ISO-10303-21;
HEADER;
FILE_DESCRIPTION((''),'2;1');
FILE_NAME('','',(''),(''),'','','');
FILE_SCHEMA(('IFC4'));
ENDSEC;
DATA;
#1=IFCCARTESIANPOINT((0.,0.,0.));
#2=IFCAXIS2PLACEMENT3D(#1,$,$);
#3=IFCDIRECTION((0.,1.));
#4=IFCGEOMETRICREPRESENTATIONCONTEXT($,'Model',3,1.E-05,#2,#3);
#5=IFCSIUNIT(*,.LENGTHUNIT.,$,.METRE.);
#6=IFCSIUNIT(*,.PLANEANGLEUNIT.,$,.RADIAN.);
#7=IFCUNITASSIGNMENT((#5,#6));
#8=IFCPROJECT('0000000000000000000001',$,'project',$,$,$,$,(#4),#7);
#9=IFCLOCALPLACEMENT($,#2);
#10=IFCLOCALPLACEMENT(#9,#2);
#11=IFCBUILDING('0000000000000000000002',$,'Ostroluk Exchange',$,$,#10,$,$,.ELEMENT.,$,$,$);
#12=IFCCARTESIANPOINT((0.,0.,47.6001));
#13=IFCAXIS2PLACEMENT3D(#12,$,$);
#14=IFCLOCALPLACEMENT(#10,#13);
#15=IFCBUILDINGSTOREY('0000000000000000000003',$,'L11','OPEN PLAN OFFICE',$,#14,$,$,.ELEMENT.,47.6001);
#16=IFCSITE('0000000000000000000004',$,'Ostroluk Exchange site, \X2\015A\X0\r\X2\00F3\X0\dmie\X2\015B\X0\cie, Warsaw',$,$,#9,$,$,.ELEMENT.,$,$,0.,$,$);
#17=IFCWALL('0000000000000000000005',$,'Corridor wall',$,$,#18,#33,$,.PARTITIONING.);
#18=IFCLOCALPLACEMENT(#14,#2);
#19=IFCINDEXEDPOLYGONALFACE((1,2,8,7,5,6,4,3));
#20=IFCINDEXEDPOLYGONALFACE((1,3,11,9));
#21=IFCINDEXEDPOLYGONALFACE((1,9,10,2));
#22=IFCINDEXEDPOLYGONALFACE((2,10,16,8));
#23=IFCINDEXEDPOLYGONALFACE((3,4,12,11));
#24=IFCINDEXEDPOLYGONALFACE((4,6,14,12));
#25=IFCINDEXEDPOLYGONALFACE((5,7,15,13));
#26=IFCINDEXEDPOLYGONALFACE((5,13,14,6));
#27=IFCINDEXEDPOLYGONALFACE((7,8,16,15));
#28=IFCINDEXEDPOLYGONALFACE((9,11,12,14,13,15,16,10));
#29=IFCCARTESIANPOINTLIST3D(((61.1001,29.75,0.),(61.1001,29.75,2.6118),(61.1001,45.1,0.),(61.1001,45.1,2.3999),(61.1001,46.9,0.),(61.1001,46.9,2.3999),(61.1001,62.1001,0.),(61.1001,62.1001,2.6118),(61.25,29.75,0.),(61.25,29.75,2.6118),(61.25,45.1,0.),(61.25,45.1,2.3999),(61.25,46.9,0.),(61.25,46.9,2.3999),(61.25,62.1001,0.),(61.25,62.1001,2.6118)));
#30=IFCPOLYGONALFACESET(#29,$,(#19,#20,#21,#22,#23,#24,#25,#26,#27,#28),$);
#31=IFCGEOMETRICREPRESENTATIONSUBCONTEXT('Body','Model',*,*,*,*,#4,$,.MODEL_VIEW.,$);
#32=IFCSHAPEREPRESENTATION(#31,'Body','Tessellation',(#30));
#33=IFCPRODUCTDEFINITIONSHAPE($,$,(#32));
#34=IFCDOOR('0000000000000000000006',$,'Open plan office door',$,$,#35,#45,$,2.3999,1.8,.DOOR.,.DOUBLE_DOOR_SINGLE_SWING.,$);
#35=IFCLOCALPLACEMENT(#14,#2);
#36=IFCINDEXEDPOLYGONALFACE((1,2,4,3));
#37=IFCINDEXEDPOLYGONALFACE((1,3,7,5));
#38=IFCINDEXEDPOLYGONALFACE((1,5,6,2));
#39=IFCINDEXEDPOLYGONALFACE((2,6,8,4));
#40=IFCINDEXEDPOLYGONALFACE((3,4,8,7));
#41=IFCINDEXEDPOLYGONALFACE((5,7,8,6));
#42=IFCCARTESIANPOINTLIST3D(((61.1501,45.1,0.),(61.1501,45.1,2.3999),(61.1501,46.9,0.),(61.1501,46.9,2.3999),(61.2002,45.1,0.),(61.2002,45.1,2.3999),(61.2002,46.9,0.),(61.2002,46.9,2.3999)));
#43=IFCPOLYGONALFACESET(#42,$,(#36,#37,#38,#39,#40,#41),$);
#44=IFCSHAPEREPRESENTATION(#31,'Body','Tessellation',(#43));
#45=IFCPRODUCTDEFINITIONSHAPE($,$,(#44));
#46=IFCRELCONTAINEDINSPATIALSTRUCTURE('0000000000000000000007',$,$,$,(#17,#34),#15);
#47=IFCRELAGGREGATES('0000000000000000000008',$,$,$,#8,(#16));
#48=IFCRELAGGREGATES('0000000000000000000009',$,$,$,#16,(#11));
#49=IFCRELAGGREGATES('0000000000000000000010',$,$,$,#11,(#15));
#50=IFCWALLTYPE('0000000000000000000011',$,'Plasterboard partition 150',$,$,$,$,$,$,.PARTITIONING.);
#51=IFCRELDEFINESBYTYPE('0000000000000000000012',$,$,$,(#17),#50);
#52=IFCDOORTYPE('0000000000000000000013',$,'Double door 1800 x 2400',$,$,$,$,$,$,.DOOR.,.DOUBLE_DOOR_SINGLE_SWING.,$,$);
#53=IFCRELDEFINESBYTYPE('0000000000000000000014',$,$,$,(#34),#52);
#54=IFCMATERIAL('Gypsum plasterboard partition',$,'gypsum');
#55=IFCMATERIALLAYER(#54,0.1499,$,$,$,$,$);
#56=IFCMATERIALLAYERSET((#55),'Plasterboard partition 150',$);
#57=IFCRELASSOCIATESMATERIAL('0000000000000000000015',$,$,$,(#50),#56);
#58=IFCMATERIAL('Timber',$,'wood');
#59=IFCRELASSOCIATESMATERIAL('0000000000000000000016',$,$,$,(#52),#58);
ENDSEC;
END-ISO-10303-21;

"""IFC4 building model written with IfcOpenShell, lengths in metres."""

from ifc_helpers import new_model, si_unit, direction, frame, frame_2d, origin, place, context, subcontext, project, spatial, rectangle, extrude, material, layer, layer_set, type_object, element, fill, save


model = new_model("IFC4")

# Units and contexts
model_context = context("Model", 3, precision=1e-05, world=origin(), true_north=direction((0.0, 1.0)))
body_context = subcontext(model_context, "Body", "Model", "MODEL_VIEW")
ifc_project = project(units=[si_unit("LENGTHUNIT", "METRE"), si_unit("PLANEANGLEUNIT", "RADIAN")], contexts=[model_context])

# Site, building, storey
site_placement = place(None, origin())
site = spatial("IfcSite", under=ifc_project, at=site_placement, Name="Ostroluk Exchange site, Śródmieście, Warsaw", CompositionType="ELEMENT", RefElevation=0.0)
building_placement = place(site_placement, origin())
building = spatial("IfcBuilding", under=site, at=building_placement, Name="Ostroluk Exchange", CompositionType="ELEMENT")
storey_placement = place(building_placement, frame((0.0, 0.0, 47.6001)))
storey = spatial("IfcBuildingStorey", under=building, at=storey_placement, Name="L11", Description="OPEN PLAN OFFICE", CompositionType="ELEMENT", Elevation=47.6001)

# Shared definitions
ifc_material_1 = material(Name="Gypsum plasterboard partition", Category="gypsum")
ifc_layer_1 = layer(ifc_material_1, 0.1499)
ifc_layer_set_1 = layer_set([ifc_layer_1], Name="Plasterboard partition 150")
wall_type_1 = type_object("IfcWallType", Name="Plasterboard partition 150", PredefinedType="PARTITIONING", material=ifc_layer_set_1)

# Wall, opening, door
wall_1_placement = place(storey_placement, frame((61.175, 29.75, 0.0), z_axis=(0.0, 0.0, 1.0), x_axis=(0.0, 1.0, 0.0)))
wall_1 = element("IfcWall", 1, at=wall_1_placement, inside=storey, type_object=wall_type_1, Name="Corridor wall", PredefinedType="PARTITIONING", context=body_context, shape_type="SweptSolid", body=[
    extrude(rectangle(XDim=32.3501, YDim=0.1499, at=frame_2d((16.175, 0.0))), origin(), (0.0, 0.0, 1.0), 2.6118),
])
opening_1_placement = place(wall_1_placement, frame((15.3501, 0.0, 0.0)))
opening_1 = element("IfcOpeningElement", 2, at=opening_1_placement, cuts=wall_1, PredefinedType="OPENING", context=body_context, shape_type="SweptSolid", body=[
    extrude(rectangle(XDim=1.8, YDim=2.3999, at=frame_2d((0.8999, 1.2))), frame((0.0, 0.085, 0.0), z_axis=(0.0, -1.0, 0.0), x_axis=(1.0, 0.0, 0.0)), (0.0, 0.0, 1.0), 0.1699),
])
ifc_material_2 = material(Name="Timber", Category="wood")
door_type_1 = type_object("IfcDoorType", Name="Double door 1800 x 2400", OperationType="DOUBLE_DOOR_SINGLE_SWING", PredefinedType="DOOR", material=ifc_material_2)
door_1_placement = place(opening_1_placement, origin())
door_1 = element("IfcDoor", 3, at=door_1_placement, inside=storey, type_object=door_type_1, Name="Open plan office door", OperationType="DOUBLE_DOOR_SINGLE_SWING", OverallHeight=2.3999, OverallWidth=1.8, PredefinedType="DOOR", context=body_context, shape_type="SweptSolid", body=[
    extrude(rectangle(XDim=1.8, YDim=2.3999, at=frame_2d((0.8999, 1.2))), frame((0.0, 0.0249, 0.0), z_axis=(0.0, -1.0, 0.0), x_axis=(1.0, 0.0, 0.0)), (0.0, 0.0, 1.0), 0.05),
])
fill(opening_1, door_1)

save(model, "model.ifc")
